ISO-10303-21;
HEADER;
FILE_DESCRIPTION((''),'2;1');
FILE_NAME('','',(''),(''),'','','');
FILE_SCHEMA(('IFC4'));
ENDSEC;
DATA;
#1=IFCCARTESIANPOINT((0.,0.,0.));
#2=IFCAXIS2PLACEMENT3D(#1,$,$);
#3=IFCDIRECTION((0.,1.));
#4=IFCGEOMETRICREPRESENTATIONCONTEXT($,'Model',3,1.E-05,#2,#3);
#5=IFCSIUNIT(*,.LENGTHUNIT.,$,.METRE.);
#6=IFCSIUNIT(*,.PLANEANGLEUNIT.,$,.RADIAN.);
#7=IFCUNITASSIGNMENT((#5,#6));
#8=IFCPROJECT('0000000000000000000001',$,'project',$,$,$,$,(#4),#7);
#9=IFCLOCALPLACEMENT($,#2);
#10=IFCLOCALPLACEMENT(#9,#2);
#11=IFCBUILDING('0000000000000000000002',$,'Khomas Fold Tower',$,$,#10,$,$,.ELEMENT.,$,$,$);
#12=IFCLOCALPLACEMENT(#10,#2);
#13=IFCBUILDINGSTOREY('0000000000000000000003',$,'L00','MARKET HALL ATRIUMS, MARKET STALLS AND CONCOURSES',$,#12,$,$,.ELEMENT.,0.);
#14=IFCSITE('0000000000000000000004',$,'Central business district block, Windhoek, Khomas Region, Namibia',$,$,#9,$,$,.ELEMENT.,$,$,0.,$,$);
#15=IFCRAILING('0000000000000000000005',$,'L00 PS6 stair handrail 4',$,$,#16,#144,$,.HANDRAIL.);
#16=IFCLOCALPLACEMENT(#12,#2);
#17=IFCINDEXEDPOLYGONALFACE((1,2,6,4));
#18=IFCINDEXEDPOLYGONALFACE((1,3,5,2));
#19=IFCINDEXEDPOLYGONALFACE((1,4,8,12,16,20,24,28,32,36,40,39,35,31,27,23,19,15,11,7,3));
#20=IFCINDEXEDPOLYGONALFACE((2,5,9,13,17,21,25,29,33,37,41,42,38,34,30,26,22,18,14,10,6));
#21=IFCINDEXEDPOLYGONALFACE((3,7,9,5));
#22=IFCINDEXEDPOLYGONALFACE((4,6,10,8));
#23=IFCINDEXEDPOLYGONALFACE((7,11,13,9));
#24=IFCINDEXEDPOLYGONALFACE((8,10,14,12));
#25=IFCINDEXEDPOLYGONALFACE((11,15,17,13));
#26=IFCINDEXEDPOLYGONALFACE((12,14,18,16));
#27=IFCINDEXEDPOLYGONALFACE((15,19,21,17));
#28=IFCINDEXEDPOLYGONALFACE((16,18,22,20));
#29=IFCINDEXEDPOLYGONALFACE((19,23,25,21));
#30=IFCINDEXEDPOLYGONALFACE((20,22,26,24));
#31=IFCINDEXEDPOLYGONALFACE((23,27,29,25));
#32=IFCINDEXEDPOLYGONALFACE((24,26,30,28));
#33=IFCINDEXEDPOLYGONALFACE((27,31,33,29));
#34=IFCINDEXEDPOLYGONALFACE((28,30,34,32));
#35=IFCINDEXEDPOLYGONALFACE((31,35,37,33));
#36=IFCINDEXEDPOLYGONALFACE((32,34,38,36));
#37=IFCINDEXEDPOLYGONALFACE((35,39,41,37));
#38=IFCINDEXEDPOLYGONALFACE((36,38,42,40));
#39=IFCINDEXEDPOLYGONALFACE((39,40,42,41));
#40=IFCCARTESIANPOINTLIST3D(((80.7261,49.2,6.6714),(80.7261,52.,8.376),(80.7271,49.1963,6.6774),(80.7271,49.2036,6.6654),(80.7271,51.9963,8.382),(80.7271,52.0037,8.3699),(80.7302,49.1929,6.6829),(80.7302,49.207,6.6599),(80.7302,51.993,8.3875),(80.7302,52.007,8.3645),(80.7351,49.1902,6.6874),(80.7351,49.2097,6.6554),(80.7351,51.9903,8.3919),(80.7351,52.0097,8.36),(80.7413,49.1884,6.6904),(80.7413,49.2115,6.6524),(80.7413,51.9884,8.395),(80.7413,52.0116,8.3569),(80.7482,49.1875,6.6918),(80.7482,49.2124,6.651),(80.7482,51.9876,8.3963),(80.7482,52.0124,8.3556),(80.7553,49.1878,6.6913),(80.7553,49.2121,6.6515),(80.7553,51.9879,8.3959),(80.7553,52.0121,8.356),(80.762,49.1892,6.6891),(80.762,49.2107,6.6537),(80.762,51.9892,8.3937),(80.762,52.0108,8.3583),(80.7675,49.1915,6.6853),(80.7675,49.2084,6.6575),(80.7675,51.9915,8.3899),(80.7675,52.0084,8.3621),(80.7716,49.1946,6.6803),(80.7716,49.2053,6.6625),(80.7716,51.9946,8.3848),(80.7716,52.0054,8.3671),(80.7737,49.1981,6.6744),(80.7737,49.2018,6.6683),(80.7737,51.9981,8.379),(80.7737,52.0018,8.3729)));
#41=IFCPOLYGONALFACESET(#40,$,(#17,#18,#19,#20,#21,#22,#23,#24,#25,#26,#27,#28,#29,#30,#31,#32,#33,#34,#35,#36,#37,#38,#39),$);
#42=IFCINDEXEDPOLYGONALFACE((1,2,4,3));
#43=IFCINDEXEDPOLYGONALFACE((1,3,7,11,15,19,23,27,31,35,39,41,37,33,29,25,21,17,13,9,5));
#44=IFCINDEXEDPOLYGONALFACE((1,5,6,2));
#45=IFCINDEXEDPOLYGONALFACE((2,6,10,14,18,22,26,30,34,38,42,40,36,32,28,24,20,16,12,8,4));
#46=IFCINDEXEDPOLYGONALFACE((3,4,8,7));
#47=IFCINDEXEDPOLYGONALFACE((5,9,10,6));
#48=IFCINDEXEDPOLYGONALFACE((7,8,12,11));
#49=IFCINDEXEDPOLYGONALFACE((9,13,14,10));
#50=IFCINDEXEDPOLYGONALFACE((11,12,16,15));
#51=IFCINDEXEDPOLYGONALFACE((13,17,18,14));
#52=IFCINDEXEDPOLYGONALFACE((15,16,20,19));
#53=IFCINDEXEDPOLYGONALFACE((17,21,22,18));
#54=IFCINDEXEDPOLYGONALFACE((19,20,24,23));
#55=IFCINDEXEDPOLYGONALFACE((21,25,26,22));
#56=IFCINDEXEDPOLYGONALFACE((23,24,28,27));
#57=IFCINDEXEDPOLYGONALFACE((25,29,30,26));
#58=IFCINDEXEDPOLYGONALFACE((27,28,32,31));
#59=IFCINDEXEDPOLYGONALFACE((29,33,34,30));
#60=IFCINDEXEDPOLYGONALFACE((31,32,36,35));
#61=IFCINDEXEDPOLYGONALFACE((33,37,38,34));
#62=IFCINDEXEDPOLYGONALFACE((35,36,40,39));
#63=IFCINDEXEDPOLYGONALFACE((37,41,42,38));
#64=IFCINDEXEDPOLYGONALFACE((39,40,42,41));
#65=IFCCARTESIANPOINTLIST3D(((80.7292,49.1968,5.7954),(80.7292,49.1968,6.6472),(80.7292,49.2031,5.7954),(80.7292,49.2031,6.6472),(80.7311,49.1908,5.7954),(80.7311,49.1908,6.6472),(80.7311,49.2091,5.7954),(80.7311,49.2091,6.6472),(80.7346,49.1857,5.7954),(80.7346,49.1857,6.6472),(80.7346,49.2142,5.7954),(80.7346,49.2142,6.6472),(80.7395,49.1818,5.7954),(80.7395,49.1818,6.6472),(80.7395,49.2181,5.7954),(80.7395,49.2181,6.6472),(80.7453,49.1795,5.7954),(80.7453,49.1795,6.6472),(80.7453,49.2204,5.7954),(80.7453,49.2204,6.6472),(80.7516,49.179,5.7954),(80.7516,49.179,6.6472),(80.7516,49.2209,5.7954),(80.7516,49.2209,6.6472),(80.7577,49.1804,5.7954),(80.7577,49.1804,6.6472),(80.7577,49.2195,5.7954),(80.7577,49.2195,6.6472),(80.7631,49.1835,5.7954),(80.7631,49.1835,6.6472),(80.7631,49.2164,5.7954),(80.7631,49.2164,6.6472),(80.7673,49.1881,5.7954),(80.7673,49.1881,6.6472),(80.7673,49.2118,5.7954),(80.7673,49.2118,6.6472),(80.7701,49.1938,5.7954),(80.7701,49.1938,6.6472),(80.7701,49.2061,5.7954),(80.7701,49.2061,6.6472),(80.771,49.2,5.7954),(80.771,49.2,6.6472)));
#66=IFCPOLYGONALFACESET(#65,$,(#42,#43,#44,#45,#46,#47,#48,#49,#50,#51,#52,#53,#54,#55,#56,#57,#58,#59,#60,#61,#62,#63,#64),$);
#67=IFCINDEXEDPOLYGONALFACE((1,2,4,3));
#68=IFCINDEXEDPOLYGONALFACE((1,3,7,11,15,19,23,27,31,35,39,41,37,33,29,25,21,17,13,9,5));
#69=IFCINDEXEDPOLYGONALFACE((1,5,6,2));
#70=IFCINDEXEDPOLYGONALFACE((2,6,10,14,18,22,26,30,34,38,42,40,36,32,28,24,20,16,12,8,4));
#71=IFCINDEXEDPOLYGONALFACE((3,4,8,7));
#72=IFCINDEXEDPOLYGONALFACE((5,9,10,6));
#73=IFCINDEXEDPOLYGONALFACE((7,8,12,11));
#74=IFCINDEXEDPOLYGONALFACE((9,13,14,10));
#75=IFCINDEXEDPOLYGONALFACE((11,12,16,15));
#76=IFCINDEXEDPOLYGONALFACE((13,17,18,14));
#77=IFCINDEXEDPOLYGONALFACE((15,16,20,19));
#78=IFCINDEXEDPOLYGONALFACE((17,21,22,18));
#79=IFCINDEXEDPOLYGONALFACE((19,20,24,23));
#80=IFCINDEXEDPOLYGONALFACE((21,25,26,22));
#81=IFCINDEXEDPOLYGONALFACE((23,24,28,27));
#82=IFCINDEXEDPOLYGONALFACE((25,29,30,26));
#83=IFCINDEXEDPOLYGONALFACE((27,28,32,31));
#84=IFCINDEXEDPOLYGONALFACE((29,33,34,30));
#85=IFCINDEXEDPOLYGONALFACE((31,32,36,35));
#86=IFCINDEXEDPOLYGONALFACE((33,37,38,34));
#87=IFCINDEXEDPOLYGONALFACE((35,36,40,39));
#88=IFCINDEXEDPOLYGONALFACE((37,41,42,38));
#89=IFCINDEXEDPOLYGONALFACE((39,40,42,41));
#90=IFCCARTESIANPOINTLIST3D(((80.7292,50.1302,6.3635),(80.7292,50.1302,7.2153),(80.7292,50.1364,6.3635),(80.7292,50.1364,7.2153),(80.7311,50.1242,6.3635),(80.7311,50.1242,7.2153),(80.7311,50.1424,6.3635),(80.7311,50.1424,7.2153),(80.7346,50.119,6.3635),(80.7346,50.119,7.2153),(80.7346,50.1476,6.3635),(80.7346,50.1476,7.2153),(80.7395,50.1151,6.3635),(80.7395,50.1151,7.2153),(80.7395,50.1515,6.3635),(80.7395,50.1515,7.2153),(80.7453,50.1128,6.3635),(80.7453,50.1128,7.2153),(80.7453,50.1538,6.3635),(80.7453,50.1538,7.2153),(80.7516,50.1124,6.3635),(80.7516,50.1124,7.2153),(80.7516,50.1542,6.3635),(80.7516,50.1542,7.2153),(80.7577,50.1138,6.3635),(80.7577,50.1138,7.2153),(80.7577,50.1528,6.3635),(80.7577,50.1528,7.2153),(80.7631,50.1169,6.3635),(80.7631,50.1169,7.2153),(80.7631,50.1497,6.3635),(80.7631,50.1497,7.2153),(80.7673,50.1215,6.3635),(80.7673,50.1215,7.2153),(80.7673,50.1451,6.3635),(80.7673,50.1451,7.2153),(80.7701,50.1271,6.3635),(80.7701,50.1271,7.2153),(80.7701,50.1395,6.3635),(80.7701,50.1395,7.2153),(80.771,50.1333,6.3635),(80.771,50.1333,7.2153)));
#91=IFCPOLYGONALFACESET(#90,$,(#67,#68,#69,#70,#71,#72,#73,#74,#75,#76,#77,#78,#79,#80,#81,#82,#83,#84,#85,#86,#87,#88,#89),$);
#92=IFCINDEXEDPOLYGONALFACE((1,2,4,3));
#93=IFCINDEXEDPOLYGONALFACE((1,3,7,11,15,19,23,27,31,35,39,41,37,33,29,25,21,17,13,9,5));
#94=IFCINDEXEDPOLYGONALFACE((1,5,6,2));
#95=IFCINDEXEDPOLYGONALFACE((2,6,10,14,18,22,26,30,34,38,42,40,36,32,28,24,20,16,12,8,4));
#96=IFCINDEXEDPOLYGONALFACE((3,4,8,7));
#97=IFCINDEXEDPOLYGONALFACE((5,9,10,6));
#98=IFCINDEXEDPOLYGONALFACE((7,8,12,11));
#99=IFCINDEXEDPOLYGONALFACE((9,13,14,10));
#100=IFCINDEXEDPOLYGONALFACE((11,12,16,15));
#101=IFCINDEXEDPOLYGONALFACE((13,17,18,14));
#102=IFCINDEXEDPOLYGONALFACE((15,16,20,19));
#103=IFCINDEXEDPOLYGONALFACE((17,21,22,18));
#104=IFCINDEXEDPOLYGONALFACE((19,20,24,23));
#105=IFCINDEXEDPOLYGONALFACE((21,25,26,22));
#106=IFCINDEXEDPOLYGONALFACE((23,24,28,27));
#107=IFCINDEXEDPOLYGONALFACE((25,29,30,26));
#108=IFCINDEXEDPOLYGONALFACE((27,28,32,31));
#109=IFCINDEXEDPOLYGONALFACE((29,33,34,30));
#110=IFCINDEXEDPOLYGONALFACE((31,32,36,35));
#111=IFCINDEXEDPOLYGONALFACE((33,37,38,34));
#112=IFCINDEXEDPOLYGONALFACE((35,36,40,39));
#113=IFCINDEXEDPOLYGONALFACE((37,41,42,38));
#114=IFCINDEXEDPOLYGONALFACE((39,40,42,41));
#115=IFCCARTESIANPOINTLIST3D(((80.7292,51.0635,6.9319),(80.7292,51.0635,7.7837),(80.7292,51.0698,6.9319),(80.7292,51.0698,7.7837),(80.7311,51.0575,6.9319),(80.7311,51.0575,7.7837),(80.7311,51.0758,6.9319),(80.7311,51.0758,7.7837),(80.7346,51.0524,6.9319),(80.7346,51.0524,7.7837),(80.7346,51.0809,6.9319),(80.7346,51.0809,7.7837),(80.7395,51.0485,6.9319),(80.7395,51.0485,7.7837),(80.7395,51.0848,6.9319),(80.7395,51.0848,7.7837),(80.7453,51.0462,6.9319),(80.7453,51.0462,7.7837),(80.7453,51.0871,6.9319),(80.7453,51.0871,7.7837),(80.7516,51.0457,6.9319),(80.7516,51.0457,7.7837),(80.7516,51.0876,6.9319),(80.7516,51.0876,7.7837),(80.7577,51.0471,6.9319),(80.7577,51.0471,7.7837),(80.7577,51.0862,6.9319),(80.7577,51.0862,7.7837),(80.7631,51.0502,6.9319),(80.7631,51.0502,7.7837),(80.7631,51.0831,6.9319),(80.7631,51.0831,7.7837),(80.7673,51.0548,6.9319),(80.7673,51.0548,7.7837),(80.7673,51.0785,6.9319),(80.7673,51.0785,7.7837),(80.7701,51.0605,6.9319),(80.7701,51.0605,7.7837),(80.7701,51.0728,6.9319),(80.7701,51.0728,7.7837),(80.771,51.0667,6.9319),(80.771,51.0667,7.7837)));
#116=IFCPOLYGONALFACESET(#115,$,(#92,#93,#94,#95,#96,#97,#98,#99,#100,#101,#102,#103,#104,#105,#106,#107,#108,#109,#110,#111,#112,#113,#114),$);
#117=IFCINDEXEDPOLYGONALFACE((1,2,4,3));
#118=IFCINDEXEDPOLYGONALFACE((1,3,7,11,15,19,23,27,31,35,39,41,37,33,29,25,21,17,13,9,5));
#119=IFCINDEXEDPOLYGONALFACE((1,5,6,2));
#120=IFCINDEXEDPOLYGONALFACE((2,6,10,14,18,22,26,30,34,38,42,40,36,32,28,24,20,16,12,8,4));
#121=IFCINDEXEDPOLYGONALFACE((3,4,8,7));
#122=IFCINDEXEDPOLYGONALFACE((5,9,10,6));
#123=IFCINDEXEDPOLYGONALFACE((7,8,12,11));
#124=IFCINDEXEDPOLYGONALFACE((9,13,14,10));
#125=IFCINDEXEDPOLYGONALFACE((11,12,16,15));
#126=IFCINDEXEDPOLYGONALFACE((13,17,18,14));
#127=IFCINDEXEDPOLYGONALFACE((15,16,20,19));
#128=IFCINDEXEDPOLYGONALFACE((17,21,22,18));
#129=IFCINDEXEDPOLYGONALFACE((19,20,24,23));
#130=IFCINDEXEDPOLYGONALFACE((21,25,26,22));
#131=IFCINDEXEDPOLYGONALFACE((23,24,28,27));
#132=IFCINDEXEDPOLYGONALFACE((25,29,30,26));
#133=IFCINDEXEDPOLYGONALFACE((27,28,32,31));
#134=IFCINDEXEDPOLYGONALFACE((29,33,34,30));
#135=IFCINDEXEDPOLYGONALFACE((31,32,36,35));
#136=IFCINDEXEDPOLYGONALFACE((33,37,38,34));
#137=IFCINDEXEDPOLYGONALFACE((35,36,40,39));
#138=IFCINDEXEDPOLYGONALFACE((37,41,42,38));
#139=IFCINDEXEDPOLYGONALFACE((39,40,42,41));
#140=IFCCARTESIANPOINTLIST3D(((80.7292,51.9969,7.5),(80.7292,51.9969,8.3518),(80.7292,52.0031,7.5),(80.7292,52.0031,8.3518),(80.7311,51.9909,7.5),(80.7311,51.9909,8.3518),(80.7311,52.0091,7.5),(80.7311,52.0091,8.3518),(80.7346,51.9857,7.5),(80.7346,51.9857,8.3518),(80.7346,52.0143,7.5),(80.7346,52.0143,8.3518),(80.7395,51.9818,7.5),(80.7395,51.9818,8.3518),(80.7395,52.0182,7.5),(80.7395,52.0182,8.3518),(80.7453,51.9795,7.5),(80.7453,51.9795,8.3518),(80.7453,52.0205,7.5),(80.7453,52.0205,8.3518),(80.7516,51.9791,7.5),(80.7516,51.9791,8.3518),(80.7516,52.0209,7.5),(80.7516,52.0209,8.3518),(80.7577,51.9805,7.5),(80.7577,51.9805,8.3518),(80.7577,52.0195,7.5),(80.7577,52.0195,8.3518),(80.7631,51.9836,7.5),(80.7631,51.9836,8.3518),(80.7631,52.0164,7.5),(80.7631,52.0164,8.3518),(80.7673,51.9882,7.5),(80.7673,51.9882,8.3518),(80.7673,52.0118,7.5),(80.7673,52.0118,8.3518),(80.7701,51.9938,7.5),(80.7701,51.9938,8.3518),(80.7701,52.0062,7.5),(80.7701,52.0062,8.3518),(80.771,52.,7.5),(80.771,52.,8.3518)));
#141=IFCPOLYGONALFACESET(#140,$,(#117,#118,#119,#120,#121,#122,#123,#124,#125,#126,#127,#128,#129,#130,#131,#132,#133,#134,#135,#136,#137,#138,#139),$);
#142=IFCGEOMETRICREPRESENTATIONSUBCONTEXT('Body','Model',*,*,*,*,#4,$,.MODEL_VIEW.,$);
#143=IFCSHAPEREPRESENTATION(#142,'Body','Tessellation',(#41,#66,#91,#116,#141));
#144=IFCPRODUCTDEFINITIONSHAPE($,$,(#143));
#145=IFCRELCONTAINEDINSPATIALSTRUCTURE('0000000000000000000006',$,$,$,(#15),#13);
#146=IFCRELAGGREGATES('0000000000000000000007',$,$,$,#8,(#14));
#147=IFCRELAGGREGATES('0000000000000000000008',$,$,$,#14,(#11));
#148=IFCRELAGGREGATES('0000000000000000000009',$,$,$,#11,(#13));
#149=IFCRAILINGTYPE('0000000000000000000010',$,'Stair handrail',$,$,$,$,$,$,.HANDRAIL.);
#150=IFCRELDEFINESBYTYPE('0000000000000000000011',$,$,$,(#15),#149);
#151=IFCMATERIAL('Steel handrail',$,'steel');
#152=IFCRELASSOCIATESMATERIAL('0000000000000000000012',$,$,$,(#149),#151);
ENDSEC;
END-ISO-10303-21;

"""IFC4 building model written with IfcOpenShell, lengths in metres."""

from ifc_helpers import new_model, si_unit, direction, frame, origin, origin_2d, place, context, subcontext, project, spatial, circle, extrude, source, transform, mapped, material, type_object, element, save


model = new_model("IFC4")

# Units and contexts
model_context = context("Model", 3, precision=1e-05, world=origin(), true_north=direction((0.0, 1.0)))
body_context = subcontext(model_context, "Body", "Model", "MODEL_VIEW")
ifc_project = project(units=[si_unit("LENGTHUNIT", "METRE"), si_unit("PLANEANGLEUNIT", "RADIAN")], contexts=[model_context])

# Site, building, storey
site_placement = place(None, origin())
site = spatial("IfcSite", under=ifc_project, at=site_placement, Name="Central business district block, Windhoek, Khomas Region, Namibia", CompositionType="ELEMENT", RefElevation=0.0)
building_placement = place(site_placement, origin())
building = spatial("IfcBuilding", under=site, at=building_placement, Name="Khomas Fold Tower", CompositionType="ELEMENT")
storey_placement = place(building_placement, origin())
storey = spatial("IfcBuildingStorey", under=building, at=storey_placement, Name="L00", Description="MARKET HALL ATRIUMS, MARKET STALLS AND CONCOURSES", CompositionType="ELEMENT", Elevation=0.0)

# Railing
ifc_material_1 = material(Name="Steel handrail", Category="steel")
railing_type_1 = type_object("IfcRailingType", Name="Stair handrail", PredefinedType="HANDRAIL", material=ifc_material_1)
shared_shape_1 = source(origin(), body_context, "Body", "SweptSolid", [
    extrude(circle(Radius=0.0239, at=origin_2d()), frame((0.0, 0.0, 0.876), z_axis=(0.0, 0.85417, 0.519994), x_axis=(-1.0, 0.0, 0.0)), (0.0, 0.0, 1.0), 3.2781),
    extrude(circle(Radius=0.021, at=origin_2d()), origin(), (0.0, 0.0, 1.0), 0.8518),
    extrude(circle(Radius=0.021, at=origin_2d()), frame((0.0, 0.9333, 0.5681)), (0.0, 0.0, 1.0), 0.8518),
    extrude(circle(Radius=0.021, at=origin_2d()), frame((0.0, 1.8667, 1.1365)), (0.0, 0.0, 1.0), 0.8518),
    extrude(circle(Radius=0.021, at=origin_2d()), frame((0.0, 2.8, 1.7046)), (0.0, 0.0, 1.0), 0.8518),
])
for number, where, name in (
    (1, (80.75, 49.2, 5.7954), "L00 PS6 stair handrail 4"),
):
    element("IfcRailing", number, at=place(storey_placement, frame(where)), inside=storey, type_object=railing_type_1, Name=name, PredefinedType="HANDRAIL", context=body_context, shape_type="MappedRepresentation", body=[
        mapped(shared_shape_1, transform((0.0, 0.0, 0.0))),
    ])

save(model, "model.ifc")
